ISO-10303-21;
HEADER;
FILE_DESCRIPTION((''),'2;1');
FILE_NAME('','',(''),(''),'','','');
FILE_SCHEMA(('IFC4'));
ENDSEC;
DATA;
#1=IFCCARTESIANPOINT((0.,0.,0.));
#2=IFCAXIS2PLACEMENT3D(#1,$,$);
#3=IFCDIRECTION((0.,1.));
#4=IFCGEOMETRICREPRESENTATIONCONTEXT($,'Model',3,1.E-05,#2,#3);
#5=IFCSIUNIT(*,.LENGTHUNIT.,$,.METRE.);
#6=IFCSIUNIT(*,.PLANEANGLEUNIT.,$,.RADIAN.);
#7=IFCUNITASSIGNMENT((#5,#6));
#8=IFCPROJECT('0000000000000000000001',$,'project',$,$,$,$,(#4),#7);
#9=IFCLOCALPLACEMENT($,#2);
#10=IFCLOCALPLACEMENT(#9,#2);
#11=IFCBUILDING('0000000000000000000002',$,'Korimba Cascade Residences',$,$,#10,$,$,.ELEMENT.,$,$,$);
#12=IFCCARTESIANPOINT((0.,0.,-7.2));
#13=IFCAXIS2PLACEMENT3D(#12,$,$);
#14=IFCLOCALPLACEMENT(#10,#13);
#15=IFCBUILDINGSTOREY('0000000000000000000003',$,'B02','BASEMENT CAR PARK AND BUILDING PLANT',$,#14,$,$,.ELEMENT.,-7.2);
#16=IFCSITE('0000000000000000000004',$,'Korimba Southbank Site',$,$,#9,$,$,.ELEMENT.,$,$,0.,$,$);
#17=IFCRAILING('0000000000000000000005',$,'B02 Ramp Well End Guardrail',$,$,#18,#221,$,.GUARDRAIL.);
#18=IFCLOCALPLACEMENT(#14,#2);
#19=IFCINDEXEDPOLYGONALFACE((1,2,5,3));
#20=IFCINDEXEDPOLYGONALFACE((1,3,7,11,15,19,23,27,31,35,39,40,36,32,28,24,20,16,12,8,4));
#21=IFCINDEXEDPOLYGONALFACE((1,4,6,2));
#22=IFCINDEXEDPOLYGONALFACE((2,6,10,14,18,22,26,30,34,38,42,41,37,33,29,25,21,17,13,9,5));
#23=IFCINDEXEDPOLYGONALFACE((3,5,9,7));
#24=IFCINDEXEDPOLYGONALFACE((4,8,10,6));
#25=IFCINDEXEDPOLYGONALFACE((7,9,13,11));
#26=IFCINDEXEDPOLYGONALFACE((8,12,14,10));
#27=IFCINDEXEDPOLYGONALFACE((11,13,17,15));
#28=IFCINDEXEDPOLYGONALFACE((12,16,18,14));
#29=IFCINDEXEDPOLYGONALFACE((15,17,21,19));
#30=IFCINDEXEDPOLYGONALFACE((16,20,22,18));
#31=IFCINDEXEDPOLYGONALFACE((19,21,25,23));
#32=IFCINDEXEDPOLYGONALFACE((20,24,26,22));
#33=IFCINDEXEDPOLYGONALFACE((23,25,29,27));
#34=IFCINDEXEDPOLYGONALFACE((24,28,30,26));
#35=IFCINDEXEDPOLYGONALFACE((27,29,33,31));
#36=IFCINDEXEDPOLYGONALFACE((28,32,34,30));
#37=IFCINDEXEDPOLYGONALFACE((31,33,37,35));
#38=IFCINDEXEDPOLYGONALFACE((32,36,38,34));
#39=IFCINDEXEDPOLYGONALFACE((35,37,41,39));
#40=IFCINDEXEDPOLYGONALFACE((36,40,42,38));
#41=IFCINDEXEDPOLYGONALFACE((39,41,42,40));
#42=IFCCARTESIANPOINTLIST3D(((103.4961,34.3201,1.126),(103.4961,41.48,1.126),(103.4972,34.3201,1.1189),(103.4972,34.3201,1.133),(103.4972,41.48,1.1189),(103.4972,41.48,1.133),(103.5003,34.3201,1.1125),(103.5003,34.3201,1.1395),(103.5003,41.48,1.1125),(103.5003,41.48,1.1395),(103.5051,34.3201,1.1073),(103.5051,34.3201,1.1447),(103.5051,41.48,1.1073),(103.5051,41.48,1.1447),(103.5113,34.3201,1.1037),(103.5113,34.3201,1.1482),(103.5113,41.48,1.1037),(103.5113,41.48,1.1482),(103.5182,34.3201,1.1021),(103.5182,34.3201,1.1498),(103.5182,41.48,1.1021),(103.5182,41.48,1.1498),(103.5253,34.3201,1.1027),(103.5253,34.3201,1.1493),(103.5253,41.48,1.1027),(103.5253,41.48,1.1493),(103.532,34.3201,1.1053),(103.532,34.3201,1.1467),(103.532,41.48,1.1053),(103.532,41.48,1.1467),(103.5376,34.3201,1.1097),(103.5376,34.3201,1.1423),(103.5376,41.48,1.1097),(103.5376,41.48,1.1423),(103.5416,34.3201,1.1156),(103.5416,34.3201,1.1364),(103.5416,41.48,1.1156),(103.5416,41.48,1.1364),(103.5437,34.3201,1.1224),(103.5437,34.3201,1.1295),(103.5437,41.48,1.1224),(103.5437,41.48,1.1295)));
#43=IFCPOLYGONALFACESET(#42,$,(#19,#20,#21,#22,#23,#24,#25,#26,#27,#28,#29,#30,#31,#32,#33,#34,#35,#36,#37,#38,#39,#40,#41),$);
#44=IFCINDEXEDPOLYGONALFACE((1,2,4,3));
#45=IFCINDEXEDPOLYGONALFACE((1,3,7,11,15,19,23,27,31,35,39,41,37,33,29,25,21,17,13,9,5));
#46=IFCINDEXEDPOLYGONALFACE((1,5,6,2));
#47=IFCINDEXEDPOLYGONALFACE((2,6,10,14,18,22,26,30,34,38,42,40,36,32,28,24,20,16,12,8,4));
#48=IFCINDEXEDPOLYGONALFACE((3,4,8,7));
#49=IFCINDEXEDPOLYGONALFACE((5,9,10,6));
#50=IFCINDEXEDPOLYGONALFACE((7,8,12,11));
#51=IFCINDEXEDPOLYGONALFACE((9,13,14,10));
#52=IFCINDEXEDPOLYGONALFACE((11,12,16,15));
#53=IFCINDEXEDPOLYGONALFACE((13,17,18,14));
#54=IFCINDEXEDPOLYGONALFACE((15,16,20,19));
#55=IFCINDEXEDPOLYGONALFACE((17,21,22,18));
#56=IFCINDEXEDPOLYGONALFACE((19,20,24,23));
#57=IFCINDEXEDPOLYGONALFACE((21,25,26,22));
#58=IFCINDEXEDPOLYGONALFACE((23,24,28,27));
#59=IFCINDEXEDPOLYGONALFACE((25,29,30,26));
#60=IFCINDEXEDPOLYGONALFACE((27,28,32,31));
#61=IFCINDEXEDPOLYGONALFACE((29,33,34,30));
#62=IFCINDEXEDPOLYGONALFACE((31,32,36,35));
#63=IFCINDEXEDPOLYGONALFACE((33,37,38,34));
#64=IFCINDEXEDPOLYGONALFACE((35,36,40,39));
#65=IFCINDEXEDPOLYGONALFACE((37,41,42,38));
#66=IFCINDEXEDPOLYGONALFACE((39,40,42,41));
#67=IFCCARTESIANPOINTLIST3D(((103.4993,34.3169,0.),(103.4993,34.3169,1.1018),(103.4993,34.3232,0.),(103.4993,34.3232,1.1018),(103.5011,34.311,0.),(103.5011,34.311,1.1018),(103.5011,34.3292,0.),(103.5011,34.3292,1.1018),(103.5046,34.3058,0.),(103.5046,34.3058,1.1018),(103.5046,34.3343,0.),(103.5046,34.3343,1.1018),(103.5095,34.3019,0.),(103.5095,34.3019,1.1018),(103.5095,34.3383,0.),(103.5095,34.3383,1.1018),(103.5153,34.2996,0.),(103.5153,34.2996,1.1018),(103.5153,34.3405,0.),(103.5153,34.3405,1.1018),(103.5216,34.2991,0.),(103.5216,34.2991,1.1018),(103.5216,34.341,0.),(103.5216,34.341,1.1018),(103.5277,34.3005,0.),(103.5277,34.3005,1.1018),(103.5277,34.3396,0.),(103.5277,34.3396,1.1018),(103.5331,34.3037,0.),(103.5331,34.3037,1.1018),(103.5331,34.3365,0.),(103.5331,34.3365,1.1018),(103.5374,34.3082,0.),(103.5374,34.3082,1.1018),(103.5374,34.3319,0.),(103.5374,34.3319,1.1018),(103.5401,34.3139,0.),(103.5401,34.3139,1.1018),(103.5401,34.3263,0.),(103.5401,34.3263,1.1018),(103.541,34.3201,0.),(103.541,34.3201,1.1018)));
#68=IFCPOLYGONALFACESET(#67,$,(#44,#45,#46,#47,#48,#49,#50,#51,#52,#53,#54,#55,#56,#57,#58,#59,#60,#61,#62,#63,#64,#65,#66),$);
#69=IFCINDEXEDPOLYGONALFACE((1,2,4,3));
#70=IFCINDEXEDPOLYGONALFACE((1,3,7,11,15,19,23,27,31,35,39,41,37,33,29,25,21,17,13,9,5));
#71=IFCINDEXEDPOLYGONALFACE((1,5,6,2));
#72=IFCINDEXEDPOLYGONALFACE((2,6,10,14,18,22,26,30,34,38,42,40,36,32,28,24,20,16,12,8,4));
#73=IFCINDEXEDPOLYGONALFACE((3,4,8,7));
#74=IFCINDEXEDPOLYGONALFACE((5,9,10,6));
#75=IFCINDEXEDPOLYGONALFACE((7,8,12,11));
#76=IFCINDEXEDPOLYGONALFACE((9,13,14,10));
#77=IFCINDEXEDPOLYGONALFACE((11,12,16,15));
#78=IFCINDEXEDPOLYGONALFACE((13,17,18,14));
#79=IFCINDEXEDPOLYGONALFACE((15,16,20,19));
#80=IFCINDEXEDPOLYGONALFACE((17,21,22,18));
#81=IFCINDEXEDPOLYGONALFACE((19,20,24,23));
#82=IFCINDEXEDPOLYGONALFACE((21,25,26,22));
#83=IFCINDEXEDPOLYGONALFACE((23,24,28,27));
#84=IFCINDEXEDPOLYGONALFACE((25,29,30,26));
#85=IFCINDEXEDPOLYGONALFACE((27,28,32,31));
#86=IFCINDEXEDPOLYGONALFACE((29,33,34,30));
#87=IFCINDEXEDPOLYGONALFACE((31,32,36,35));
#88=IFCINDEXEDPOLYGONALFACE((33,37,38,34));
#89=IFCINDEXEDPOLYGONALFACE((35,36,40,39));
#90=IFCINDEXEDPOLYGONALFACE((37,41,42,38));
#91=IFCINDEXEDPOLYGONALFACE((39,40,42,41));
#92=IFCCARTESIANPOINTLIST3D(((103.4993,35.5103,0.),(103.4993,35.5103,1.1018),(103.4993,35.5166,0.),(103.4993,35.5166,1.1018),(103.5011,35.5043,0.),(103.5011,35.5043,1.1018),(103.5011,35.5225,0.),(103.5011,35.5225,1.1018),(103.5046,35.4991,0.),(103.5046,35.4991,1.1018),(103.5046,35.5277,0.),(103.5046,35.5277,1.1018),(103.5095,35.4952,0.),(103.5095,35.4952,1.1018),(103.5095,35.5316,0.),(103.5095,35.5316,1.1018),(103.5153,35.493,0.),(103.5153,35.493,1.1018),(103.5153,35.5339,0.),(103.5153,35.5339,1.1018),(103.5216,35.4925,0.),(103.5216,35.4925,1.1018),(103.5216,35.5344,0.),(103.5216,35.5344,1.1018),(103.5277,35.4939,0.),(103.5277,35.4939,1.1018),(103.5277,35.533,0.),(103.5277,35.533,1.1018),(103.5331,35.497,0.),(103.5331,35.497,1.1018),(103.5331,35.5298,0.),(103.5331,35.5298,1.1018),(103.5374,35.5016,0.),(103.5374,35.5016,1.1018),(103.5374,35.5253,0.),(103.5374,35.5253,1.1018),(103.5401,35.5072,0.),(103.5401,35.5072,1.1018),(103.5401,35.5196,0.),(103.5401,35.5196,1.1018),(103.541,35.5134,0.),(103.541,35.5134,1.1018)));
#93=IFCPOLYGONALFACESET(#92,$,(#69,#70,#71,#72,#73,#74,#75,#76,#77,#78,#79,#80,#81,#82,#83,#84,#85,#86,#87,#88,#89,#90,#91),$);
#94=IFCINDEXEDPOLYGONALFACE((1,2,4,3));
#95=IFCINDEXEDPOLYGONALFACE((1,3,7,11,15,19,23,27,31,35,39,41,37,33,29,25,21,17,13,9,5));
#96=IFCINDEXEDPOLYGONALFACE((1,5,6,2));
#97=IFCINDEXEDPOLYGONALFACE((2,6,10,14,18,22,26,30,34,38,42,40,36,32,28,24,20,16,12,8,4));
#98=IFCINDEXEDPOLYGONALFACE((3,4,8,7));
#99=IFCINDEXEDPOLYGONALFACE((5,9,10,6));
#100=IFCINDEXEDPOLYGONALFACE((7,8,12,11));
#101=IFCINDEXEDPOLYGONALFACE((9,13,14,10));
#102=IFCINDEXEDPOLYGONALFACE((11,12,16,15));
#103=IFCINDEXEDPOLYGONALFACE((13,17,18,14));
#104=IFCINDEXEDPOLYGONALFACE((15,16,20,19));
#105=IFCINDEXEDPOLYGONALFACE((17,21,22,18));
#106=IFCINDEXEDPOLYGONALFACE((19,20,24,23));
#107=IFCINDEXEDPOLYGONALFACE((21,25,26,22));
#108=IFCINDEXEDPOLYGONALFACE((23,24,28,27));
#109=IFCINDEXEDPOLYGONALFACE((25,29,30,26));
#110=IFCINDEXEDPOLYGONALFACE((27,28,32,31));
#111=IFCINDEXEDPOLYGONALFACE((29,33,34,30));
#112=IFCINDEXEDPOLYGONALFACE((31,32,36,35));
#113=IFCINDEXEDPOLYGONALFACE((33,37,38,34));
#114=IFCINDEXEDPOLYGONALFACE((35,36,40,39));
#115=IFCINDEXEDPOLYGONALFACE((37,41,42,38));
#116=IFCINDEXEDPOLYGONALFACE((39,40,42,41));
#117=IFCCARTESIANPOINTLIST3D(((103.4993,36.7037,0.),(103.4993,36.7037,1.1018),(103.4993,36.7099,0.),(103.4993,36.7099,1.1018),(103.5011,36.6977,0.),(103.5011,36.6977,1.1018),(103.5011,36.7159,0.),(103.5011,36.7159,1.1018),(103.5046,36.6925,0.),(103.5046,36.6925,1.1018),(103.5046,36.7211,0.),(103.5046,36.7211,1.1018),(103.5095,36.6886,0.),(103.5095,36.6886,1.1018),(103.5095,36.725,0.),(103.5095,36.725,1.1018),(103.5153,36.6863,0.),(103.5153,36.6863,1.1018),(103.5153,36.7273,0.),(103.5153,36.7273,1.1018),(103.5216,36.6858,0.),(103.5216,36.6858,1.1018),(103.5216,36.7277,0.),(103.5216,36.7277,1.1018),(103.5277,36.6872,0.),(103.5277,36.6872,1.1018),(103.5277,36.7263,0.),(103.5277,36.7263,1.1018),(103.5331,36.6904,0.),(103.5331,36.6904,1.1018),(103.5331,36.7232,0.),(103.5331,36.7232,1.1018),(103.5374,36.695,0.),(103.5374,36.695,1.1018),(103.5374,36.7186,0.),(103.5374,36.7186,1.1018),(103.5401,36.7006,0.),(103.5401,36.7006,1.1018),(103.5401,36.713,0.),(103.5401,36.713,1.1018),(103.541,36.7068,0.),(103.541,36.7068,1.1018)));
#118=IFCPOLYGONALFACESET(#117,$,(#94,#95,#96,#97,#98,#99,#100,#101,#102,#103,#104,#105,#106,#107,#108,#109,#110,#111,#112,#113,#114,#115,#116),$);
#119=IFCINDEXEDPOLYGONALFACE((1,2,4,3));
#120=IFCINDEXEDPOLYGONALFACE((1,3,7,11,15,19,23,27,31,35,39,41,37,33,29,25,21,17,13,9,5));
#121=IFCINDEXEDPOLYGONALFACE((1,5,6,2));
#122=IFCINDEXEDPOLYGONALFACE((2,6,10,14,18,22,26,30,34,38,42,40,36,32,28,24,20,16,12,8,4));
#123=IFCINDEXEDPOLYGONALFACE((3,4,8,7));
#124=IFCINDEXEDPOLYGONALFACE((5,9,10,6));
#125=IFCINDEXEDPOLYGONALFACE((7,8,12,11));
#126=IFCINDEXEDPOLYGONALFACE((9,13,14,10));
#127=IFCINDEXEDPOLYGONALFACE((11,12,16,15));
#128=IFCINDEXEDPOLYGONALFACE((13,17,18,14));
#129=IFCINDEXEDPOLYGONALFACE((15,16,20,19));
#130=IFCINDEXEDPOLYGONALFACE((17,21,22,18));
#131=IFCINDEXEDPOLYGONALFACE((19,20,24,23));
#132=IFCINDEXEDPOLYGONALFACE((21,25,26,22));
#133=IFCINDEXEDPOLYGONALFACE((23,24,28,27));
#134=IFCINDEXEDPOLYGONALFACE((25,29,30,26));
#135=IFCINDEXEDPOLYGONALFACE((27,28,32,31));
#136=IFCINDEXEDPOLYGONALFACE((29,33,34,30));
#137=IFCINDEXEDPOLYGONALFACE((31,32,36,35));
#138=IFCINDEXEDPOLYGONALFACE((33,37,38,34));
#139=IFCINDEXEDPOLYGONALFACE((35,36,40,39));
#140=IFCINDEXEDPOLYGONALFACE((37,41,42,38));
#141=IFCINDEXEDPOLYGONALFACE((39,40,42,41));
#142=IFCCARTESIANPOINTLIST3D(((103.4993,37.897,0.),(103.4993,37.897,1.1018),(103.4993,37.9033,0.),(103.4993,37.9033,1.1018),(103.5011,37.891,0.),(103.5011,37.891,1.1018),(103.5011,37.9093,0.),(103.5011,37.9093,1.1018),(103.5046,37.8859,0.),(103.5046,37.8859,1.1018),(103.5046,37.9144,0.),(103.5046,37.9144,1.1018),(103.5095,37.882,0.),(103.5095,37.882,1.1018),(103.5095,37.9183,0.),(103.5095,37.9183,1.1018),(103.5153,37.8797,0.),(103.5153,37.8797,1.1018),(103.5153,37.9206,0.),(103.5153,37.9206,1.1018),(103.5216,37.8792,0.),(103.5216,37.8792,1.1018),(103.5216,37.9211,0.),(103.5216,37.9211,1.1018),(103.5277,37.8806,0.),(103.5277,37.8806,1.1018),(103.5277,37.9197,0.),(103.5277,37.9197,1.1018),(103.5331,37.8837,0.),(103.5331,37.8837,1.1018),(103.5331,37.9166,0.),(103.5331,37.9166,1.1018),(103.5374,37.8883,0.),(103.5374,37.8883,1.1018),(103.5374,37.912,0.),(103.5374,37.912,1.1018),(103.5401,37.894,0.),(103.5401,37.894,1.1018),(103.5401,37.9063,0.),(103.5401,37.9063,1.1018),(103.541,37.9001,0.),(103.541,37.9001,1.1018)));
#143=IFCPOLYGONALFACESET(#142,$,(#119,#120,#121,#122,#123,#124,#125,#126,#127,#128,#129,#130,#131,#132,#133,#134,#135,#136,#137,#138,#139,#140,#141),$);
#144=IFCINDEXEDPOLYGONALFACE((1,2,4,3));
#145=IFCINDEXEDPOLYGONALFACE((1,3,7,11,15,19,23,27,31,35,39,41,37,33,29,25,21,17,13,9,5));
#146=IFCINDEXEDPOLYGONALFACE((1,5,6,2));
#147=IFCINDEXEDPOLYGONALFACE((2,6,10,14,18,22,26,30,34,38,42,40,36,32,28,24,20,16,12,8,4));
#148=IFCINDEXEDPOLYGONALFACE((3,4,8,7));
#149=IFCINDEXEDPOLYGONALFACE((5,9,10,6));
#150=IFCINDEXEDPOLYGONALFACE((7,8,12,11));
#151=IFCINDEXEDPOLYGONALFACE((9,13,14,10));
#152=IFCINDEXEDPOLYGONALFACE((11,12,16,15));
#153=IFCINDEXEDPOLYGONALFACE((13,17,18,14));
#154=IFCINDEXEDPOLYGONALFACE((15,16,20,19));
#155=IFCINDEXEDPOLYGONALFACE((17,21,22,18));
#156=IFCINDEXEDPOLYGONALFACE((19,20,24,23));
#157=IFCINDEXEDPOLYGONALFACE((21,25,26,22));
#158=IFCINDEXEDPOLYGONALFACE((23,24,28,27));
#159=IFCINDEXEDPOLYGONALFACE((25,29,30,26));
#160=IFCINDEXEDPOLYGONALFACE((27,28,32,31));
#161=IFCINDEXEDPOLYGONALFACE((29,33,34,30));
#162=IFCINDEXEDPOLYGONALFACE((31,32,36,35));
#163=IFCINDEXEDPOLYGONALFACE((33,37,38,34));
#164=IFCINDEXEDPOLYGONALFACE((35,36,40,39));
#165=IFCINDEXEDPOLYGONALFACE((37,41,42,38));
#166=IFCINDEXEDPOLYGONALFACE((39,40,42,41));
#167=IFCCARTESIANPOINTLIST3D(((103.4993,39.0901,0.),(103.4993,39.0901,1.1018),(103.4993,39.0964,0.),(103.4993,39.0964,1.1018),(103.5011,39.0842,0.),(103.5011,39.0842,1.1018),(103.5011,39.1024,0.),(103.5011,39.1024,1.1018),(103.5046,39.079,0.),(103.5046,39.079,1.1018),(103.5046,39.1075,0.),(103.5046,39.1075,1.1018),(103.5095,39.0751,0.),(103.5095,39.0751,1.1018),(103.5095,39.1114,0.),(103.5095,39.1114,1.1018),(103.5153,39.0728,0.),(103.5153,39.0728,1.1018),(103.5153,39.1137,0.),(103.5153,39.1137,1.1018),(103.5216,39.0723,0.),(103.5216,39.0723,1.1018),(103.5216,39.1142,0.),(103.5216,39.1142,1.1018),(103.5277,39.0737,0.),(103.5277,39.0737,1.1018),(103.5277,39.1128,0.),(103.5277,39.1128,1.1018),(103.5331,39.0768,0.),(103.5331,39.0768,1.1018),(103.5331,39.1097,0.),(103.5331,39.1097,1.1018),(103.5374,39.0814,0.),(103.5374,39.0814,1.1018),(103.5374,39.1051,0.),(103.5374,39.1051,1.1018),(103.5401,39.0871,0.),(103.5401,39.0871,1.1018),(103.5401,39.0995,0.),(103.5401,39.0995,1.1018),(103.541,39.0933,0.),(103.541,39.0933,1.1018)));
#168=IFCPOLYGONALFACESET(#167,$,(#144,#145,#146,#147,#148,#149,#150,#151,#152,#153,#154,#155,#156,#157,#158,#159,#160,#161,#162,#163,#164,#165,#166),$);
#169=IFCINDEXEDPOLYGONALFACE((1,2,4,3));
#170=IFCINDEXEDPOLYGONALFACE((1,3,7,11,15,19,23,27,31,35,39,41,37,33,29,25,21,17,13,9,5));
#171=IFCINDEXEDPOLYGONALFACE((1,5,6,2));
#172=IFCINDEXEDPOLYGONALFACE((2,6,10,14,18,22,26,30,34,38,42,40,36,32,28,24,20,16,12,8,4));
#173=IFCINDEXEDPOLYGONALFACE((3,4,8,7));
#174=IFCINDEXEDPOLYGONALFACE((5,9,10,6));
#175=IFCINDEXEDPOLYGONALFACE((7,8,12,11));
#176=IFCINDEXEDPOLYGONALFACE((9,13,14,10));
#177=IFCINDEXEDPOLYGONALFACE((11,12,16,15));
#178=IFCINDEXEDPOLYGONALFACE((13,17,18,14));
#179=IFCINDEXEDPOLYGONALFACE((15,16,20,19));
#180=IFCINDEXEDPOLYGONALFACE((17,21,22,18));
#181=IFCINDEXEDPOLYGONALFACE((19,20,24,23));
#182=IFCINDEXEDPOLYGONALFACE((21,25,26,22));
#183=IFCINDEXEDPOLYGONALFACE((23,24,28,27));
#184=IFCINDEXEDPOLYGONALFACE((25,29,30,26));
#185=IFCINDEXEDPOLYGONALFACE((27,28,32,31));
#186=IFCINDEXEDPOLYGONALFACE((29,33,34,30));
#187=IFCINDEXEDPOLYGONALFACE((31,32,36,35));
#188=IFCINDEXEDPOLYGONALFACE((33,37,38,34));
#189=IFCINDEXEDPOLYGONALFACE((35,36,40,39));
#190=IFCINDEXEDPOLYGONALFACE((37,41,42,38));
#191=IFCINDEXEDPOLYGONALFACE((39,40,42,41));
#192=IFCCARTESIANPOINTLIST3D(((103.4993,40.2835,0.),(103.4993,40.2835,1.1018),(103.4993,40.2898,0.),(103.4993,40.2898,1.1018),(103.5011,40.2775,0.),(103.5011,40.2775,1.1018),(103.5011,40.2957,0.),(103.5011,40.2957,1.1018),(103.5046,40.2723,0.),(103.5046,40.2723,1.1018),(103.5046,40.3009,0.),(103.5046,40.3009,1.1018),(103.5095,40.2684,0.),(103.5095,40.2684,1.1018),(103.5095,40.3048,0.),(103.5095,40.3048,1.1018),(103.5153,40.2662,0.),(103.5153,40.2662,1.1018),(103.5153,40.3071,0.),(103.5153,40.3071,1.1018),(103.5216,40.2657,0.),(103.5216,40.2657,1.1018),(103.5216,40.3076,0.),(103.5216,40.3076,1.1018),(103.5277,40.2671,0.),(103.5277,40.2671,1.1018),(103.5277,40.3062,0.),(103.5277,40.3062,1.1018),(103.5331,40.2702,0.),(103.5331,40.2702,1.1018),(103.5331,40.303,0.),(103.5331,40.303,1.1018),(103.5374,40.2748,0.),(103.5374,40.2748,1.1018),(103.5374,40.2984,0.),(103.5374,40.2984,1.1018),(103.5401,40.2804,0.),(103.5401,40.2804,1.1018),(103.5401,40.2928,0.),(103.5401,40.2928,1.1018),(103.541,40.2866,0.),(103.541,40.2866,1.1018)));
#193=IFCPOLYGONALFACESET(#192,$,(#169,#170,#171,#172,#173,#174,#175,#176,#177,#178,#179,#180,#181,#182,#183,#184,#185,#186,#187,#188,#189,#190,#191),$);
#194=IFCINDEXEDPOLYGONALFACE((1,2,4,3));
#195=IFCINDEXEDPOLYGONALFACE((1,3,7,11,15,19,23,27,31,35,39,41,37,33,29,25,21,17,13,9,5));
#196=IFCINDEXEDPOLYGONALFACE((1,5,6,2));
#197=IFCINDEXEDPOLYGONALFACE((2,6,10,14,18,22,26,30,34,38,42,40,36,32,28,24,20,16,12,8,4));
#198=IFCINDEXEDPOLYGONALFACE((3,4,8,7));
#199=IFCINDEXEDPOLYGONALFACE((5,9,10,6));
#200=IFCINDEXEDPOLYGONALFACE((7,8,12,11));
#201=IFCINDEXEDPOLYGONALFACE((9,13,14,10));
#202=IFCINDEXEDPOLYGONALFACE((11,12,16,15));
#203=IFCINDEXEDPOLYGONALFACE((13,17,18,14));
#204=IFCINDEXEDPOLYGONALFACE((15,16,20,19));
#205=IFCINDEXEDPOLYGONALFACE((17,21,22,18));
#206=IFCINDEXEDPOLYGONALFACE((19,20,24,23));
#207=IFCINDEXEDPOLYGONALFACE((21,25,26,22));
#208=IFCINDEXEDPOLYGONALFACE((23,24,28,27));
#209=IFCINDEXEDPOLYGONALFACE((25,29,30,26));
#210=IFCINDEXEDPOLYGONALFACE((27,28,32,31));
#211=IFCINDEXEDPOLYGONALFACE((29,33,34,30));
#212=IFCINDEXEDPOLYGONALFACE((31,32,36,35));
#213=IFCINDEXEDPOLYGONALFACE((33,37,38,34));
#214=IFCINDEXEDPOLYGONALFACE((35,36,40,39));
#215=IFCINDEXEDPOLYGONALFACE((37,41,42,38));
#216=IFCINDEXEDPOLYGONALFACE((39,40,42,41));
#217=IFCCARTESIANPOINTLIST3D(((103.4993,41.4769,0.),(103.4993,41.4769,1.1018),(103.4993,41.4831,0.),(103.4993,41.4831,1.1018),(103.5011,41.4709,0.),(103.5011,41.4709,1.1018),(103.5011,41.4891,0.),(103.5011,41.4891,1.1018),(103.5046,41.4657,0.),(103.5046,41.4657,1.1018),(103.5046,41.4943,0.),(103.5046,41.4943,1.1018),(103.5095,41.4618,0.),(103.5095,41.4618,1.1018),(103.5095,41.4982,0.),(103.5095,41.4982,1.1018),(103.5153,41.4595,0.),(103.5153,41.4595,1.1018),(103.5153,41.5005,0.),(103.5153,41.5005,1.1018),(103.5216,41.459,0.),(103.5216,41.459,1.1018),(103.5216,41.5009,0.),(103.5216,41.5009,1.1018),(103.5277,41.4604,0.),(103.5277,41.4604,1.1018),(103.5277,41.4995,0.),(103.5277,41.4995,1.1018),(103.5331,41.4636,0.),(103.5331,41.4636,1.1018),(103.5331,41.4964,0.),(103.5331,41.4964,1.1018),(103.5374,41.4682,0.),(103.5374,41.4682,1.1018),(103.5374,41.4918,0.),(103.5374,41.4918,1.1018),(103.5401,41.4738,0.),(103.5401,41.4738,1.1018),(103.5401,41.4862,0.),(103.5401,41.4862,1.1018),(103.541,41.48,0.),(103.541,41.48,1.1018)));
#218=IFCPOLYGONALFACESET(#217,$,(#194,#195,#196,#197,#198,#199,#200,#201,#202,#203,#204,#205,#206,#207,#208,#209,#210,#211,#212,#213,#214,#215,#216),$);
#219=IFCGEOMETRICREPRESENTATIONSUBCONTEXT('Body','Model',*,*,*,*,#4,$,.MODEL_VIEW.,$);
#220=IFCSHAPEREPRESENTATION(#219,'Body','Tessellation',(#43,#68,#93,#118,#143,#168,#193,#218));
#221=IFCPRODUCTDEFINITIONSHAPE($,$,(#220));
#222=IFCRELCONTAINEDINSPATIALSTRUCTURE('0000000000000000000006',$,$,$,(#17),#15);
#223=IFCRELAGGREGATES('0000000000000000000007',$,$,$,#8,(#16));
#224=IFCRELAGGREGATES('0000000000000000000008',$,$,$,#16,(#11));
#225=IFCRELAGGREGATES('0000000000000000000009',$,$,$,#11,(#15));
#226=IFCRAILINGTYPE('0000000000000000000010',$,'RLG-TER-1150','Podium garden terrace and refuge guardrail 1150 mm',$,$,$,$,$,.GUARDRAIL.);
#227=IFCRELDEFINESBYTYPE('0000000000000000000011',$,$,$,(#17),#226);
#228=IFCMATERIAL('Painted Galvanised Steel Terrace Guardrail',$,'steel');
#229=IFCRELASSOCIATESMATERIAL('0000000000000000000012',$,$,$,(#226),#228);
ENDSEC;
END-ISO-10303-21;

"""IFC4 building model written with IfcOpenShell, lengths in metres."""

from ifc_helpers import new_model, si_unit, direction, frame, origin, origin_2d, place, context, subcontext, project, spatial, circle, extrude, material, type_object, element, save


model = new_model("IFC4")

# Units and contexts
model_context = context("Model", 3, precision=1e-05, world=origin(), true_north=direction((0.0, 1.0)))
body_context = subcontext(model_context, "Body", "Model", "MODEL_VIEW")
ifc_project = project(units=[si_unit("LENGTHUNIT", "METRE"), si_unit("PLANEANGLEUNIT", "RADIAN")], contexts=[model_context])

# Site, building, storey
site_placement = place(None, origin())
site = spatial("IfcSite", under=ifc_project, at=site_placement, Name="Korimba Southbank Site", CompositionType="ELEMENT", RefElevation=0.0)
building_placement = place(site_placement, origin())
building = spatial("IfcBuilding", under=site, at=building_placement, Name="Korimba Cascade Residences", CompositionType="ELEMENT")
storey_placement = place(building_placement, frame((0.0, 0.0, -7.2)))
storey = spatial("IfcBuildingStorey", under=building, at=storey_placement, Name="B02", Description="BASEMENT CAR PARK AND BUILDING PLANT", CompositionType="ELEMENT", Elevation=-7.2)

# Railing
ifc_material_1 = material(Name="Painted Galvanised Steel Terrace Guardrail", Category="steel")
railing_type_1 = type_object("IfcRailingType", Name="RLG-TER-1150", Description="Podium garden terrace and refuge guardrail 1150 mm", PredefinedType="GUARDRAIL", material=ifc_material_1)
railing_1_placement = place(storey_placement, frame((103.52, 34.3201, 0.0)))
element("IfcRailing", 1, at=railing_1_placement, inside=storey, type_object=railing_type_1, Name="B02 Ramp Well End Guardrail", PredefinedType="GUARDRAIL", context=body_context, shape_type="SweptSolid", body=[
    extrude(circle(Radius=0.0239, at=origin_2d()), frame((0.0, 0.0, 1.126), z_axis=(0.0, 1.0, 0.0), x_axis=(-1.0, 0.0, 0.0)), (0.0, 0.0, 1.0), 7.1599),
    extrude(circle(Radius=0.021, at=origin_2d()), origin(), (0.0, 0.0, 1.0), 1.1018),
    extrude(circle(Radius=0.021, at=origin_2d()), frame((0.0, 1.1934, 0.0)), (0.0, 0.0, 1.0), 1.1018),
    extrude(circle(Radius=0.021, at=origin_2d()), frame((0.0, 2.3867, 0.0)), (0.0, 0.0, 1.0), 1.1018),
    extrude(circle(Radius=0.021, at=origin_2d()), frame((0.0, 3.5801, 0.0)), (0.0, 0.0, 1.0), 1.1018),
    extrude(circle(Radius=0.021, at=origin_2d()), frame((0.0, 4.7732, 0.0)), (0.0, 0.0, 1.0), 1.1018),
    extrude(circle(Radius=0.021, at=origin_2d()), frame((0.0, 5.9666, 0.0)), (0.0, 0.0, 1.0), 1.1018),
    extrude(circle(Radius=0.021, at=origin_2d()), frame((0.0, 7.1599, 0.0)), (0.0, 0.0, 1.0), 1.1018),
])

save(model, "model.ifc")
